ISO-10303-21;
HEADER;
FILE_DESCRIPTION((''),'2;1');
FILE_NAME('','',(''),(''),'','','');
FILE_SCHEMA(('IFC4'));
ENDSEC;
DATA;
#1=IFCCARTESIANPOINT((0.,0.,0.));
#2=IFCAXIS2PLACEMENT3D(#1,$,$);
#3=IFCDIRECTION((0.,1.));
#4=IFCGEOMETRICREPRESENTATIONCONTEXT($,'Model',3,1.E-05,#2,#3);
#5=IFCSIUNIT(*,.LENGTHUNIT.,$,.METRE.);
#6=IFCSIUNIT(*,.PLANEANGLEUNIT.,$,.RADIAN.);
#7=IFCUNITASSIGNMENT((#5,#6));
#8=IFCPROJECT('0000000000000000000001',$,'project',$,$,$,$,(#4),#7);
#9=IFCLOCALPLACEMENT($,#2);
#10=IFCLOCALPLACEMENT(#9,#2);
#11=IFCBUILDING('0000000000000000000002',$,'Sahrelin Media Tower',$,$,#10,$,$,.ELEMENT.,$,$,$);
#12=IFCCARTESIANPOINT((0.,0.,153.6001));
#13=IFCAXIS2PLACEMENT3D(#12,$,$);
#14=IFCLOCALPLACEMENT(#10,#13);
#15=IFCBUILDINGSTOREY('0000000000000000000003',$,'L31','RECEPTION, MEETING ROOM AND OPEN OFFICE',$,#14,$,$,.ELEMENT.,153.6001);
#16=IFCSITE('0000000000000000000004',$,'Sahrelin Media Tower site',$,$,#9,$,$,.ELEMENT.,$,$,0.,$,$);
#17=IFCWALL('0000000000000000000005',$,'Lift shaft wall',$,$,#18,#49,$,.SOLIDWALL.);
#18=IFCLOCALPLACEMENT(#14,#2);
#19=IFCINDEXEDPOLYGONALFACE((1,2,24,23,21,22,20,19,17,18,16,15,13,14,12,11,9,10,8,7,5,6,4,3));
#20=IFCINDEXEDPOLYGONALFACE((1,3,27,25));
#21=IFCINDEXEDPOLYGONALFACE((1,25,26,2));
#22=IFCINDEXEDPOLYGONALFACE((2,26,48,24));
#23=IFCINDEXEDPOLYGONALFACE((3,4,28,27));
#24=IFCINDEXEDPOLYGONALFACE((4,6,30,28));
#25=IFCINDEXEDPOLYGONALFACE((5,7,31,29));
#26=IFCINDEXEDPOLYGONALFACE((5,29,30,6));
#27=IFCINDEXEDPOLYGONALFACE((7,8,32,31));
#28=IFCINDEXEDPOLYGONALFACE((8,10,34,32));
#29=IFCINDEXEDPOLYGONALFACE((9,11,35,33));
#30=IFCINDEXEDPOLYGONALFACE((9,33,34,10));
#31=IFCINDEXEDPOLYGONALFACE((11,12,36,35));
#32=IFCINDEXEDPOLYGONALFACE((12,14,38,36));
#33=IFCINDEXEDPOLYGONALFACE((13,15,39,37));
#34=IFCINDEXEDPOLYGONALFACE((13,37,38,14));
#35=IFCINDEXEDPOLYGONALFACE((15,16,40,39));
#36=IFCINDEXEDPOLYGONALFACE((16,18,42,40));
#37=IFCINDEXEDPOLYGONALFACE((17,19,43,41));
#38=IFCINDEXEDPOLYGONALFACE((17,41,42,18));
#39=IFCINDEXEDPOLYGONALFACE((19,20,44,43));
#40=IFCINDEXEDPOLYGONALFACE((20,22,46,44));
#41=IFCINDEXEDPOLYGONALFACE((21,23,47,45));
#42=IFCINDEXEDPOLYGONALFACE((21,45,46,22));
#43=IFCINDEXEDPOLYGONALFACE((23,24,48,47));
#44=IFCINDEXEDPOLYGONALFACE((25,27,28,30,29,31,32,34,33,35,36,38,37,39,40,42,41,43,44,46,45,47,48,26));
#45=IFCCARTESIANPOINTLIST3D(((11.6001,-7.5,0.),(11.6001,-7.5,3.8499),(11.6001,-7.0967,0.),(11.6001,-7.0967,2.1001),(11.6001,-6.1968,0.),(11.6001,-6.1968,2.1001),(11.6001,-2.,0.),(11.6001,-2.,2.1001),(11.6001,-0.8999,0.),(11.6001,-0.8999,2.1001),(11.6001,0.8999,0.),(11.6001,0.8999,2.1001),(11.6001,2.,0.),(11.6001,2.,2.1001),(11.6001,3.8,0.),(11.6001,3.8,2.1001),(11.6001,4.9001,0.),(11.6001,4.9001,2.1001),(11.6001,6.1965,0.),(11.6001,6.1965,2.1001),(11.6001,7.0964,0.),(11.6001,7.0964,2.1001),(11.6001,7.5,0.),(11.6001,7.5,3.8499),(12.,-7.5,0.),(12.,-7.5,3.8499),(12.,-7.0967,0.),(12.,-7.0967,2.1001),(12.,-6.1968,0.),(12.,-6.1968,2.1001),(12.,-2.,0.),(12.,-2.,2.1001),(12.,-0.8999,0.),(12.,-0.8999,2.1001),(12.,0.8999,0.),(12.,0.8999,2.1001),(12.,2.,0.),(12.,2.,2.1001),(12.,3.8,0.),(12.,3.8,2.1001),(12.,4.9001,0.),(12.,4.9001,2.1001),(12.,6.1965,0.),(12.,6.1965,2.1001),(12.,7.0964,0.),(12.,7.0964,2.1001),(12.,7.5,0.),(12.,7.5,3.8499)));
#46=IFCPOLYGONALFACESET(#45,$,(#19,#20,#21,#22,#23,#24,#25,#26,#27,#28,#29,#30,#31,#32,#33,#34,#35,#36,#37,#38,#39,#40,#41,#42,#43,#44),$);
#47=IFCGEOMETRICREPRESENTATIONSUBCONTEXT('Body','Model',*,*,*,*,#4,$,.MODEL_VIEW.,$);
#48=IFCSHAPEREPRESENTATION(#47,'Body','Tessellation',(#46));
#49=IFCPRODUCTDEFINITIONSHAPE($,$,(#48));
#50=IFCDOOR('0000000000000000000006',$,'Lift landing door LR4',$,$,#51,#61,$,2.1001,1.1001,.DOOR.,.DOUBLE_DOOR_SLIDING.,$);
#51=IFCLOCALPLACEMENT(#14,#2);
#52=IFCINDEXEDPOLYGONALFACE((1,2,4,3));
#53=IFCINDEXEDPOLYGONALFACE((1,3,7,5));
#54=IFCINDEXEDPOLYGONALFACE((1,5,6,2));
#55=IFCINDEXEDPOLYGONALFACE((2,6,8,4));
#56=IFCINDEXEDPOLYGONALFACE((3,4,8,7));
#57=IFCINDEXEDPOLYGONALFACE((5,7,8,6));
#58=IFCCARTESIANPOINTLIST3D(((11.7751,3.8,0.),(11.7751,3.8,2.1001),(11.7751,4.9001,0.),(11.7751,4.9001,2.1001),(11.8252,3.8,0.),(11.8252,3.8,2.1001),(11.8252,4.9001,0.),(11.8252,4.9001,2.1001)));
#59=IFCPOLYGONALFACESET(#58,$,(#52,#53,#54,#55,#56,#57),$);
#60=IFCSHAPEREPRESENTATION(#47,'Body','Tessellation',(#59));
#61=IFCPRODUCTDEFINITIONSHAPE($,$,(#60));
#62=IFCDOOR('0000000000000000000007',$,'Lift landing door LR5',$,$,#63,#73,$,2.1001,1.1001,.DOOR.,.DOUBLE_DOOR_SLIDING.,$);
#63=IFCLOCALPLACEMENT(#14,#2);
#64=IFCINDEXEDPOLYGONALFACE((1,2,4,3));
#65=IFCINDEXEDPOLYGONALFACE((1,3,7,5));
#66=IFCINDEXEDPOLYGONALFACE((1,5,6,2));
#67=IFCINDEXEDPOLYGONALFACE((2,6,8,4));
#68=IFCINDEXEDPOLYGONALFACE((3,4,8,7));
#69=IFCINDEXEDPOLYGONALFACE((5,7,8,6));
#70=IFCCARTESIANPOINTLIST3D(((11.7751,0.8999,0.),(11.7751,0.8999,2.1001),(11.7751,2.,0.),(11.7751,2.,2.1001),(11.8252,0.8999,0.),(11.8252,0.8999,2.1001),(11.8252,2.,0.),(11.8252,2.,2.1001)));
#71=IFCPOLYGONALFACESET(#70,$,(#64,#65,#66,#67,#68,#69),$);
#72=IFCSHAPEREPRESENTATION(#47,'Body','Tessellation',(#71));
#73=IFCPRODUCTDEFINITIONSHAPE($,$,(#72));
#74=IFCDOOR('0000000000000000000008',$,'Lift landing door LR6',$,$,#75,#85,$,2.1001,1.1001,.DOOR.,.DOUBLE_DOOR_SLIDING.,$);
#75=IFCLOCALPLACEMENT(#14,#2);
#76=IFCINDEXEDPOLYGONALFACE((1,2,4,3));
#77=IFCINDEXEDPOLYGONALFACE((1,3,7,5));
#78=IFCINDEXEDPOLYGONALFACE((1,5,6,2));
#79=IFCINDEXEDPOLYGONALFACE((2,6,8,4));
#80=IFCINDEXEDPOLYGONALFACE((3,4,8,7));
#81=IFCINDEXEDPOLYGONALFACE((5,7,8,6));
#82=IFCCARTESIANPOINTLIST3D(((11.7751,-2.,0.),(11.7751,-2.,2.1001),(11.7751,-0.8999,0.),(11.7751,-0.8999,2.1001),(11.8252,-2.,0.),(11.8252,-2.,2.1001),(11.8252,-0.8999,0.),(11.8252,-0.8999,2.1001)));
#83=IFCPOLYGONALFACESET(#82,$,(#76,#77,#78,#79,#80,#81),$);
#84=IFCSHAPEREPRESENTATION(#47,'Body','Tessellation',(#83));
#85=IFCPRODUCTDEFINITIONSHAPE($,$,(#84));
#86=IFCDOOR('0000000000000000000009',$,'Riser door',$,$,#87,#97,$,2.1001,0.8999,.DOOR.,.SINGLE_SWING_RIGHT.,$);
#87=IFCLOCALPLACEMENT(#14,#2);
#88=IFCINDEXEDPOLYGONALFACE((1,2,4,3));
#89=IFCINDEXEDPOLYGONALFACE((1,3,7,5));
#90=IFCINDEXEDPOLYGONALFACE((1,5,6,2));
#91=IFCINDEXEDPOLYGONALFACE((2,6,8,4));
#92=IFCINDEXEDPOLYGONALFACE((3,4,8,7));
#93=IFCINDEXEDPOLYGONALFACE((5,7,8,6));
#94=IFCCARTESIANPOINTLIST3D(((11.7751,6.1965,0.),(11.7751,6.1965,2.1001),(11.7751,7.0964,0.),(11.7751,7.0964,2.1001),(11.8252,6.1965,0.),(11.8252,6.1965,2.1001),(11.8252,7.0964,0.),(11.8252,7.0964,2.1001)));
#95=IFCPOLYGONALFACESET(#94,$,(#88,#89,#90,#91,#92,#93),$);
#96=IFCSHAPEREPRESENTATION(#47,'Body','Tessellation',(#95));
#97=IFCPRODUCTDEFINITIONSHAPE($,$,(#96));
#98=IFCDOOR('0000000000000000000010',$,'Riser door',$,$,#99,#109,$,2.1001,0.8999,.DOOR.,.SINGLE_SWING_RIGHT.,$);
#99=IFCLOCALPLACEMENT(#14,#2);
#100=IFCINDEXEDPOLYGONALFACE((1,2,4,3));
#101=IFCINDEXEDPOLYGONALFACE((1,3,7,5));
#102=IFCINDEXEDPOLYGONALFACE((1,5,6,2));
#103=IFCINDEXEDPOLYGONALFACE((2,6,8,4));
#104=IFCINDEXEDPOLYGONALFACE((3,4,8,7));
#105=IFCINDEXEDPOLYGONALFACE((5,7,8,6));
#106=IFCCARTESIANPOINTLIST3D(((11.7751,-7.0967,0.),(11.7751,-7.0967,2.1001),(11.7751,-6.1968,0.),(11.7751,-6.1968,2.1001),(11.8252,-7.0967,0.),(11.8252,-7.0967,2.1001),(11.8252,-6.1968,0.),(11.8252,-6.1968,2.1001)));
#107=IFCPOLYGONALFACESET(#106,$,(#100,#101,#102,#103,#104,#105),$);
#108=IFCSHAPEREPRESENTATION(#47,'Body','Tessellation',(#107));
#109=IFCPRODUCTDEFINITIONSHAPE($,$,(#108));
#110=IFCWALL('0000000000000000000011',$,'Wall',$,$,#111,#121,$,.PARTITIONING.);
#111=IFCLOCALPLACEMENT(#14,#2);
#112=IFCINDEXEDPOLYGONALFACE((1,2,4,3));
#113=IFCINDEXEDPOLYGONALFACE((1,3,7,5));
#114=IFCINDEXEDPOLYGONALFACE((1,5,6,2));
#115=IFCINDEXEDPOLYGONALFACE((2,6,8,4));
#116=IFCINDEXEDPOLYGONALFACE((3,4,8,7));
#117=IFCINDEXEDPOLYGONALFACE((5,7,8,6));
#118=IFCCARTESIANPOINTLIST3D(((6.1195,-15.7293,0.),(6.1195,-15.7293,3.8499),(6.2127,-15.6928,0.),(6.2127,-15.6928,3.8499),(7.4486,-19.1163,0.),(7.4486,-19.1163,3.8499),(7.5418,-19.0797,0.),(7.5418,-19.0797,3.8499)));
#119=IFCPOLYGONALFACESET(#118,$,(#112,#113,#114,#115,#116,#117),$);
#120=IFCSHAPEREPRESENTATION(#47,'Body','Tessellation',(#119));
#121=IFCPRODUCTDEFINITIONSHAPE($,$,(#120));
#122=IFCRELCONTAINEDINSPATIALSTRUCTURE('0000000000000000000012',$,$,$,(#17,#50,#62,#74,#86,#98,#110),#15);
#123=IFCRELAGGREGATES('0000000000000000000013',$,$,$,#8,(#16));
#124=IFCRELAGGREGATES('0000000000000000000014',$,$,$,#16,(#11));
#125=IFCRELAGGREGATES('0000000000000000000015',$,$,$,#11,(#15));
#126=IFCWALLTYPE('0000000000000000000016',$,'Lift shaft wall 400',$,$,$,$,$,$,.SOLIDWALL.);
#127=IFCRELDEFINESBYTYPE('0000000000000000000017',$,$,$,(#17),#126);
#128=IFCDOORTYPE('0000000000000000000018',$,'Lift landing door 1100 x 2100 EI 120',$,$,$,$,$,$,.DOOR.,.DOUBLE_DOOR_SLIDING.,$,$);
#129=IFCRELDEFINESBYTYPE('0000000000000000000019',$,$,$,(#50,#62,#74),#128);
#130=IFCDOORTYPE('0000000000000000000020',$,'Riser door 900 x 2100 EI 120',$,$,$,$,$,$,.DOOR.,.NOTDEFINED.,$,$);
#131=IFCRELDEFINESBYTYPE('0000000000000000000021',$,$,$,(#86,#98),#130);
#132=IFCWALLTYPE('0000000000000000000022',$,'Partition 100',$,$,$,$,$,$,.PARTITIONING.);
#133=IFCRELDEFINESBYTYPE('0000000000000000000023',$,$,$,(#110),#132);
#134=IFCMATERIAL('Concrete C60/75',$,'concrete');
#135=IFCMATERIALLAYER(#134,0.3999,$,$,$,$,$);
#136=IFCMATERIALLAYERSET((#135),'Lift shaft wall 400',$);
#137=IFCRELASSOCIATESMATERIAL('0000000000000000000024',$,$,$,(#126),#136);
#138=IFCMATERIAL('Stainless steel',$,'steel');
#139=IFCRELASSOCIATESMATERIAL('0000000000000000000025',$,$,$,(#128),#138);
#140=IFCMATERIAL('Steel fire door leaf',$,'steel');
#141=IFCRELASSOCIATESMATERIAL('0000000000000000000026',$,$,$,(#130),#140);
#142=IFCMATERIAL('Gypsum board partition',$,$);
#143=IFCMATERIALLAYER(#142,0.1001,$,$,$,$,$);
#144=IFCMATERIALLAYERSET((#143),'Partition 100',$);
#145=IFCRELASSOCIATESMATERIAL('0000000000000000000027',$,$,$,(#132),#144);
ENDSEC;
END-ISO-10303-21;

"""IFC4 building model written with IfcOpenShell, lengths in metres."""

from ifc_helpers import new_model, si_unit, direction, frame, frame_2d, origin, place, context, subcontext, project, spatial, rectangle, extrude, material, layer, layer_set, type_object, element, fill, save


model = new_model("IFC4")

# Units and contexts
model_context = context("Model", 3, precision=1e-05, world=origin(), true_north=direction((0.0, 1.0)))
body_context = subcontext(model_context, "Body", "Model", "MODEL_VIEW")
ifc_project = project(units=[si_unit("LENGTHUNIT", "METRE"), si_unit("PLANEANGLEUNIT", "RADIAN")], contexts=[model_context])

# Site, building, storey
site_placement = place(None, origin())
site = spatial("IfcSite", under=ifc_project, at=site_placement, Name="Sahrelin Media Tower site", CompositionType="ELEMENT", RefElevation=0.0)
building_placement = place(site_placement, origin())
building = spatial("IfcBuilding", under=site, at=building_placement, Name="Sahrelin Media Tower", CompositionType="ELEMENT")
storey_placement = place(building_placement, frame((0.0, 0.0, 153.6001)))
storey = spatial("IfcBuildingStorey", under=building, at=storey_placement, Name="L31", Description="RECEPTION, MEETING ROOM AND OPEN OFFICE", CompositionType="ELEMENT", Elevation=153.6001)

# Wall, openings, doors
ifc_material_1 = material(Name="Concrete C60/75", Category="concrete")
ifc_layer_1 = layer(ifc_material_1, 0.3999)
ifc_layer_set_1 = layer_set([ifc_layer_1], Name="Lift shaft wall 400")
wall_type_1 = type_object("IfcWallType", Name="Lift shaft wall 400", PredefinedType="SOLIDWALL", material=ifc_layer_set_1)
wall_1_placement = place(storey_placement, frame((11.8, -7.5, 0.0), z_axis=(0.0, 0.0, 1.0), x_axis=(0.0, 1.0, 0.0)))
wall_1 = element("IfcWall", 1, at=wall_1_placement, inside=storey, type_object=wall_type_1, Name="Lift shaft wall", PredefinedType="SOLIDWALL", context=body_context, shape_type="SweptSolid", body=[
    extrude(rectangle(XDim=15.0, YDim=0.3999, at=frame_2d((7.5, 0.0))), origin(), (0.0, 0.0, 1.0), 3.8499),
])
opening_1_placement = place(wall_1_placement, frame((11.3, 0.0, 0.0)))
opening_1 = element("IfcOpeningElement", 2, at=opening_1_placement, cuts=wall_1, PredefinedType="OPENING", context=body_context, shape_type="SweptSolid", body=[
    extrude(rectangle(XDim=1.1001, YDim=2.1001, at=frame_2d((0.55, 1.05))), frame((0.0, 0.2, 0.0), z_axis=(0.0, -1.0, 0.0), x_axis=(1.0, 0.0, 0.0)), (0.0, 0.0, 1.0), 0.3999),
])
opening_2_placement = place(wall_1_placement, frame((8.3999, 0.0, 0.0)))
opening_2 = element("IfcOpeningElement", 3, at=opening_2_placement, cuts=wall_1, PredefinedType="OPENING", context=body_context, shape_type="SweptSolid", body=[
    extrude(rectangle(XDim=1.1001, YDim=2.1001, at=frame_2d((0.55, 1.05))), frame((0.0, 0.2, 0.0), z_axis=(0.0, -1.0, 0.0), x_axis=(1.0, 0.0, 0.0)), (0.0, 0.0, 1.0), 0.3999),
])
opening_3_placement = place(wall_1_placement, frame((5.5, 0.0, 0.0)))
opening_3 = element("IfcOpeningElement", 4, at=opening_3_placement, cuts=wall_1, PredefinedType="OPENING", context=body_context, shape_type="SweptSolid", body=[
    extrude(rectangle(XDim=1.1001, YDim=2.1001, at=frame_2d((0.55, 1.05))), frame((0.0, 0.2, 0.0), z_axis=(0.0, -1.0, 0.0), x_axis=(1.0, 0.0, 0.0)), (0.0, 0.0, 1.0), 0.3999),
])
opening_4_placement = place(wall_1_placement, frame((13.6965, 0.0, 0.0)))
opening_4 = element("IfcOpeningElement", 5, at=opening_4_placement, cuts=wall_1, PredefinedType="OPENING", context=body_context, shape_type="SweptSolid", body=[
    extrude(rectangle(XDim=0.8999, YDim=2.1001, at=frame_2d((0.45, 1.05))), frame((0.0, 0.2, 0.0), z_axis=(0.0, -1.0, 0.0), x_axis=(1.0, 0.0, 0.0)), (0.0, 0.0, 1.0), 0.3999),
])
opening_5_placement = place(wall_1_placement, frame((0.4033, 0.0, 0.0)))
opening_5 = element("IfcOpeningElement", 6, at=opening_5_placement, cuts=wall_1, PredefinedType="OPENING", context=body_context, shape_type="SweptSolid", body=[
    extrude(rectangle(XDim=0.8999, YDim=2.1001, at=frame_2d((0.45, 1.05))), frame((0.0, 0.2, 0.0), z_axis=(0.0, -1.0, 0.0), x_axis=(1.0, 0.0, 0.0)), (0.0, 0.0, 1.0), 0.3999),
])
ifc_material_2 = material(Name="Stainless steel", Category="steel")
door_type_1 = type_object("IfcDoorType", Name="Lift landing door 1100 x 2100 EI 120", OperationType="DOUBLE_DOOR_SLIDING", PredefinedType="DOOR", material=ifc_material_2)
door_1_placement = place(opening_1_placement, origin())
door_1 = element("IfcDoor", 7, at=door_1_placement, inside=storey, type_object=door_type_1, Name="Lift landing door LR4", OperationType="DOUBLE_DOOR_SLIDING", OverallHeight=2.1001, OverallWidth=1.1001, PredefinedType="DOOR", context=body_context, shape_type="SweptSolid", body=[
    extrude(rectangle(XDim=1.1001, YDim=2.1001, at=frame_2d((0.55, 1.05))), frame((0.0, 0.0249, 0.0), z_axis=(0.0, -1.0, 0.0), x_axis=(1.0, 0.0, 0.0)), (0.0, 0.0, 1.0), 0.05),
])
fill(opening_1, door_1)
door_2_placement = place(opening_2_placement, origin())
door_2 = element("IfcDoor", 8, at=door_2_placement, inside=storey, type_object=door_type_1, Name="Lift landing door LR5", OperationType="DOUBLE_DOOR_SLIDING", OverallHeight=2.1001, OverallWidth=1.1001, PredefinedType="DOOR", context=body_context, shape_type="SweptSolid", body=[
    extrude(rectangle(XDim=1.1001, YDim=2.1001, at=frame_2d((0.55, 1.05))), frame((0.0, 0.0249, 0.0), z_axis=(0.0, -1.0, 0.0), x_axis=(1.0, 0.0, 0.0)), (0.0, 0.0, 1.0), 0.05),
])
fill(opening_2, door_2)
door_3_placement = place(opening_3_placement, origin())
door_3 = element("IfcDoor", 9, at=door_3_placement, inside=storey, type_object=door_type_1, Name="Lift landing door LR6", OperationType="DOUBLE_DOOR_SLIDING", OverallHeight=2.1001, OverallWidth=1.1001, PredefinedType="DOOR", context=body_context, shape_type="SweptSolid", body=[
    extrude(rectangle(XDim=1.1001, YDim=2.1001, at=frame_2d((0.55, 1.05))), frame((0.0, 0.0249, 0.0), z_axis=(0.0, -1.0, 0.0), x_axis=(1.0, 0.0, 0.0)), (0.0, 0.0, 1.0), 0.05),
])
fill(opening_3, door_3)
ifc_material_3 = material(Name="Steel fire door leaf", Category="steel")
door_type_2 = type_object("IfcDoorType", Name="Riser door 900 x 2100 EI 120", OperationType="NOTDEFINED", PredefinedType="DOOR", material=ifc_material_3)
door_4_placement = place(opening_4_placement, origin())
door_4 = element("IfcDoor", 10, at=door_4_placement, inside=storey, type_object=door_type_2, Name="Riser door", OperationType="SINGLE_SWING_RIGHT", OverallHeight=2.1001, OverallWidth=0.8999, PredefinedType="DOOR", context=body_context, shape_type="SweptSolid", body=[
    extrude(rectangle(XDim=0.8999, YDim=2.1001, at=frame_2d((0.45, 1.05))), frame((0.0, 0.0249, 0.0), z_axis=(0.0, -1.0, 0.0), x_axis=(1.0, 0.0, 0.0)), (0.0, 0.0, 1.0), 0.05),
])
fill(opening_4, door_4)
door_5_placement = place(opening_5_placement, origin())
door_5 = element("IfcDoor", 11, at=door_5_placement, inside=storey, type_object=door_type_2, Name="Riser door", OperationType="SINGLE_SWING_RIGHT", OverallHeight=2.1001, OverallWidth=0.8999, PredefinedType="DOOR", context=body_context, shape_type="SweptSolid", body=[
    extrude(rectangle(XDim=0.8999, YDim=2.1001, at=frame_2d((0.45, 1.05))), frame((0.0, 0.0249, 0.0), z_axis=(0.0, -1.0, 0.0), x_axis=(1.0, 0.0, 0.0)), (0.0, 0.0, 1.0), 0.05),
])
fill(opening_5, door_5)

# Wall
ifc_material_4 = material(Name="Gypsum board partition")
ifc_layer_2 = layer(ifc_material_4, 0.1001)
ifc_layer_set_2 = layer_set([ifc_layer_2], Name="Partition 100")
wall_type_2 = type_object("IfcWallType", Name="Partition 100", PredefinedType="PARTITIONING", material=ifc_layer_set_2)
wall_2_placement = place(storey_placement, frame((6.166, -15.7109, 0.0), z_axis=(0.0, 0.0, 1.0), x_axis=(0.365297, -0.930891, 0.0)))
element("IfcWall", 12, at=wall_2_placement, inside=storey, type_object=wall_type_2, Name="Wall", PredefinedType="PARTITIONING", context=body_context, shape_type="SweptSolid", body=[
    extrude(rectangle(XDim=3.6384, YDim=0.1001, at=frame_2d((1.8193, 0.0))), origin(), (0.0, 0.0, 1.0), 3.8499),
])

save(model, "model.ifc")
